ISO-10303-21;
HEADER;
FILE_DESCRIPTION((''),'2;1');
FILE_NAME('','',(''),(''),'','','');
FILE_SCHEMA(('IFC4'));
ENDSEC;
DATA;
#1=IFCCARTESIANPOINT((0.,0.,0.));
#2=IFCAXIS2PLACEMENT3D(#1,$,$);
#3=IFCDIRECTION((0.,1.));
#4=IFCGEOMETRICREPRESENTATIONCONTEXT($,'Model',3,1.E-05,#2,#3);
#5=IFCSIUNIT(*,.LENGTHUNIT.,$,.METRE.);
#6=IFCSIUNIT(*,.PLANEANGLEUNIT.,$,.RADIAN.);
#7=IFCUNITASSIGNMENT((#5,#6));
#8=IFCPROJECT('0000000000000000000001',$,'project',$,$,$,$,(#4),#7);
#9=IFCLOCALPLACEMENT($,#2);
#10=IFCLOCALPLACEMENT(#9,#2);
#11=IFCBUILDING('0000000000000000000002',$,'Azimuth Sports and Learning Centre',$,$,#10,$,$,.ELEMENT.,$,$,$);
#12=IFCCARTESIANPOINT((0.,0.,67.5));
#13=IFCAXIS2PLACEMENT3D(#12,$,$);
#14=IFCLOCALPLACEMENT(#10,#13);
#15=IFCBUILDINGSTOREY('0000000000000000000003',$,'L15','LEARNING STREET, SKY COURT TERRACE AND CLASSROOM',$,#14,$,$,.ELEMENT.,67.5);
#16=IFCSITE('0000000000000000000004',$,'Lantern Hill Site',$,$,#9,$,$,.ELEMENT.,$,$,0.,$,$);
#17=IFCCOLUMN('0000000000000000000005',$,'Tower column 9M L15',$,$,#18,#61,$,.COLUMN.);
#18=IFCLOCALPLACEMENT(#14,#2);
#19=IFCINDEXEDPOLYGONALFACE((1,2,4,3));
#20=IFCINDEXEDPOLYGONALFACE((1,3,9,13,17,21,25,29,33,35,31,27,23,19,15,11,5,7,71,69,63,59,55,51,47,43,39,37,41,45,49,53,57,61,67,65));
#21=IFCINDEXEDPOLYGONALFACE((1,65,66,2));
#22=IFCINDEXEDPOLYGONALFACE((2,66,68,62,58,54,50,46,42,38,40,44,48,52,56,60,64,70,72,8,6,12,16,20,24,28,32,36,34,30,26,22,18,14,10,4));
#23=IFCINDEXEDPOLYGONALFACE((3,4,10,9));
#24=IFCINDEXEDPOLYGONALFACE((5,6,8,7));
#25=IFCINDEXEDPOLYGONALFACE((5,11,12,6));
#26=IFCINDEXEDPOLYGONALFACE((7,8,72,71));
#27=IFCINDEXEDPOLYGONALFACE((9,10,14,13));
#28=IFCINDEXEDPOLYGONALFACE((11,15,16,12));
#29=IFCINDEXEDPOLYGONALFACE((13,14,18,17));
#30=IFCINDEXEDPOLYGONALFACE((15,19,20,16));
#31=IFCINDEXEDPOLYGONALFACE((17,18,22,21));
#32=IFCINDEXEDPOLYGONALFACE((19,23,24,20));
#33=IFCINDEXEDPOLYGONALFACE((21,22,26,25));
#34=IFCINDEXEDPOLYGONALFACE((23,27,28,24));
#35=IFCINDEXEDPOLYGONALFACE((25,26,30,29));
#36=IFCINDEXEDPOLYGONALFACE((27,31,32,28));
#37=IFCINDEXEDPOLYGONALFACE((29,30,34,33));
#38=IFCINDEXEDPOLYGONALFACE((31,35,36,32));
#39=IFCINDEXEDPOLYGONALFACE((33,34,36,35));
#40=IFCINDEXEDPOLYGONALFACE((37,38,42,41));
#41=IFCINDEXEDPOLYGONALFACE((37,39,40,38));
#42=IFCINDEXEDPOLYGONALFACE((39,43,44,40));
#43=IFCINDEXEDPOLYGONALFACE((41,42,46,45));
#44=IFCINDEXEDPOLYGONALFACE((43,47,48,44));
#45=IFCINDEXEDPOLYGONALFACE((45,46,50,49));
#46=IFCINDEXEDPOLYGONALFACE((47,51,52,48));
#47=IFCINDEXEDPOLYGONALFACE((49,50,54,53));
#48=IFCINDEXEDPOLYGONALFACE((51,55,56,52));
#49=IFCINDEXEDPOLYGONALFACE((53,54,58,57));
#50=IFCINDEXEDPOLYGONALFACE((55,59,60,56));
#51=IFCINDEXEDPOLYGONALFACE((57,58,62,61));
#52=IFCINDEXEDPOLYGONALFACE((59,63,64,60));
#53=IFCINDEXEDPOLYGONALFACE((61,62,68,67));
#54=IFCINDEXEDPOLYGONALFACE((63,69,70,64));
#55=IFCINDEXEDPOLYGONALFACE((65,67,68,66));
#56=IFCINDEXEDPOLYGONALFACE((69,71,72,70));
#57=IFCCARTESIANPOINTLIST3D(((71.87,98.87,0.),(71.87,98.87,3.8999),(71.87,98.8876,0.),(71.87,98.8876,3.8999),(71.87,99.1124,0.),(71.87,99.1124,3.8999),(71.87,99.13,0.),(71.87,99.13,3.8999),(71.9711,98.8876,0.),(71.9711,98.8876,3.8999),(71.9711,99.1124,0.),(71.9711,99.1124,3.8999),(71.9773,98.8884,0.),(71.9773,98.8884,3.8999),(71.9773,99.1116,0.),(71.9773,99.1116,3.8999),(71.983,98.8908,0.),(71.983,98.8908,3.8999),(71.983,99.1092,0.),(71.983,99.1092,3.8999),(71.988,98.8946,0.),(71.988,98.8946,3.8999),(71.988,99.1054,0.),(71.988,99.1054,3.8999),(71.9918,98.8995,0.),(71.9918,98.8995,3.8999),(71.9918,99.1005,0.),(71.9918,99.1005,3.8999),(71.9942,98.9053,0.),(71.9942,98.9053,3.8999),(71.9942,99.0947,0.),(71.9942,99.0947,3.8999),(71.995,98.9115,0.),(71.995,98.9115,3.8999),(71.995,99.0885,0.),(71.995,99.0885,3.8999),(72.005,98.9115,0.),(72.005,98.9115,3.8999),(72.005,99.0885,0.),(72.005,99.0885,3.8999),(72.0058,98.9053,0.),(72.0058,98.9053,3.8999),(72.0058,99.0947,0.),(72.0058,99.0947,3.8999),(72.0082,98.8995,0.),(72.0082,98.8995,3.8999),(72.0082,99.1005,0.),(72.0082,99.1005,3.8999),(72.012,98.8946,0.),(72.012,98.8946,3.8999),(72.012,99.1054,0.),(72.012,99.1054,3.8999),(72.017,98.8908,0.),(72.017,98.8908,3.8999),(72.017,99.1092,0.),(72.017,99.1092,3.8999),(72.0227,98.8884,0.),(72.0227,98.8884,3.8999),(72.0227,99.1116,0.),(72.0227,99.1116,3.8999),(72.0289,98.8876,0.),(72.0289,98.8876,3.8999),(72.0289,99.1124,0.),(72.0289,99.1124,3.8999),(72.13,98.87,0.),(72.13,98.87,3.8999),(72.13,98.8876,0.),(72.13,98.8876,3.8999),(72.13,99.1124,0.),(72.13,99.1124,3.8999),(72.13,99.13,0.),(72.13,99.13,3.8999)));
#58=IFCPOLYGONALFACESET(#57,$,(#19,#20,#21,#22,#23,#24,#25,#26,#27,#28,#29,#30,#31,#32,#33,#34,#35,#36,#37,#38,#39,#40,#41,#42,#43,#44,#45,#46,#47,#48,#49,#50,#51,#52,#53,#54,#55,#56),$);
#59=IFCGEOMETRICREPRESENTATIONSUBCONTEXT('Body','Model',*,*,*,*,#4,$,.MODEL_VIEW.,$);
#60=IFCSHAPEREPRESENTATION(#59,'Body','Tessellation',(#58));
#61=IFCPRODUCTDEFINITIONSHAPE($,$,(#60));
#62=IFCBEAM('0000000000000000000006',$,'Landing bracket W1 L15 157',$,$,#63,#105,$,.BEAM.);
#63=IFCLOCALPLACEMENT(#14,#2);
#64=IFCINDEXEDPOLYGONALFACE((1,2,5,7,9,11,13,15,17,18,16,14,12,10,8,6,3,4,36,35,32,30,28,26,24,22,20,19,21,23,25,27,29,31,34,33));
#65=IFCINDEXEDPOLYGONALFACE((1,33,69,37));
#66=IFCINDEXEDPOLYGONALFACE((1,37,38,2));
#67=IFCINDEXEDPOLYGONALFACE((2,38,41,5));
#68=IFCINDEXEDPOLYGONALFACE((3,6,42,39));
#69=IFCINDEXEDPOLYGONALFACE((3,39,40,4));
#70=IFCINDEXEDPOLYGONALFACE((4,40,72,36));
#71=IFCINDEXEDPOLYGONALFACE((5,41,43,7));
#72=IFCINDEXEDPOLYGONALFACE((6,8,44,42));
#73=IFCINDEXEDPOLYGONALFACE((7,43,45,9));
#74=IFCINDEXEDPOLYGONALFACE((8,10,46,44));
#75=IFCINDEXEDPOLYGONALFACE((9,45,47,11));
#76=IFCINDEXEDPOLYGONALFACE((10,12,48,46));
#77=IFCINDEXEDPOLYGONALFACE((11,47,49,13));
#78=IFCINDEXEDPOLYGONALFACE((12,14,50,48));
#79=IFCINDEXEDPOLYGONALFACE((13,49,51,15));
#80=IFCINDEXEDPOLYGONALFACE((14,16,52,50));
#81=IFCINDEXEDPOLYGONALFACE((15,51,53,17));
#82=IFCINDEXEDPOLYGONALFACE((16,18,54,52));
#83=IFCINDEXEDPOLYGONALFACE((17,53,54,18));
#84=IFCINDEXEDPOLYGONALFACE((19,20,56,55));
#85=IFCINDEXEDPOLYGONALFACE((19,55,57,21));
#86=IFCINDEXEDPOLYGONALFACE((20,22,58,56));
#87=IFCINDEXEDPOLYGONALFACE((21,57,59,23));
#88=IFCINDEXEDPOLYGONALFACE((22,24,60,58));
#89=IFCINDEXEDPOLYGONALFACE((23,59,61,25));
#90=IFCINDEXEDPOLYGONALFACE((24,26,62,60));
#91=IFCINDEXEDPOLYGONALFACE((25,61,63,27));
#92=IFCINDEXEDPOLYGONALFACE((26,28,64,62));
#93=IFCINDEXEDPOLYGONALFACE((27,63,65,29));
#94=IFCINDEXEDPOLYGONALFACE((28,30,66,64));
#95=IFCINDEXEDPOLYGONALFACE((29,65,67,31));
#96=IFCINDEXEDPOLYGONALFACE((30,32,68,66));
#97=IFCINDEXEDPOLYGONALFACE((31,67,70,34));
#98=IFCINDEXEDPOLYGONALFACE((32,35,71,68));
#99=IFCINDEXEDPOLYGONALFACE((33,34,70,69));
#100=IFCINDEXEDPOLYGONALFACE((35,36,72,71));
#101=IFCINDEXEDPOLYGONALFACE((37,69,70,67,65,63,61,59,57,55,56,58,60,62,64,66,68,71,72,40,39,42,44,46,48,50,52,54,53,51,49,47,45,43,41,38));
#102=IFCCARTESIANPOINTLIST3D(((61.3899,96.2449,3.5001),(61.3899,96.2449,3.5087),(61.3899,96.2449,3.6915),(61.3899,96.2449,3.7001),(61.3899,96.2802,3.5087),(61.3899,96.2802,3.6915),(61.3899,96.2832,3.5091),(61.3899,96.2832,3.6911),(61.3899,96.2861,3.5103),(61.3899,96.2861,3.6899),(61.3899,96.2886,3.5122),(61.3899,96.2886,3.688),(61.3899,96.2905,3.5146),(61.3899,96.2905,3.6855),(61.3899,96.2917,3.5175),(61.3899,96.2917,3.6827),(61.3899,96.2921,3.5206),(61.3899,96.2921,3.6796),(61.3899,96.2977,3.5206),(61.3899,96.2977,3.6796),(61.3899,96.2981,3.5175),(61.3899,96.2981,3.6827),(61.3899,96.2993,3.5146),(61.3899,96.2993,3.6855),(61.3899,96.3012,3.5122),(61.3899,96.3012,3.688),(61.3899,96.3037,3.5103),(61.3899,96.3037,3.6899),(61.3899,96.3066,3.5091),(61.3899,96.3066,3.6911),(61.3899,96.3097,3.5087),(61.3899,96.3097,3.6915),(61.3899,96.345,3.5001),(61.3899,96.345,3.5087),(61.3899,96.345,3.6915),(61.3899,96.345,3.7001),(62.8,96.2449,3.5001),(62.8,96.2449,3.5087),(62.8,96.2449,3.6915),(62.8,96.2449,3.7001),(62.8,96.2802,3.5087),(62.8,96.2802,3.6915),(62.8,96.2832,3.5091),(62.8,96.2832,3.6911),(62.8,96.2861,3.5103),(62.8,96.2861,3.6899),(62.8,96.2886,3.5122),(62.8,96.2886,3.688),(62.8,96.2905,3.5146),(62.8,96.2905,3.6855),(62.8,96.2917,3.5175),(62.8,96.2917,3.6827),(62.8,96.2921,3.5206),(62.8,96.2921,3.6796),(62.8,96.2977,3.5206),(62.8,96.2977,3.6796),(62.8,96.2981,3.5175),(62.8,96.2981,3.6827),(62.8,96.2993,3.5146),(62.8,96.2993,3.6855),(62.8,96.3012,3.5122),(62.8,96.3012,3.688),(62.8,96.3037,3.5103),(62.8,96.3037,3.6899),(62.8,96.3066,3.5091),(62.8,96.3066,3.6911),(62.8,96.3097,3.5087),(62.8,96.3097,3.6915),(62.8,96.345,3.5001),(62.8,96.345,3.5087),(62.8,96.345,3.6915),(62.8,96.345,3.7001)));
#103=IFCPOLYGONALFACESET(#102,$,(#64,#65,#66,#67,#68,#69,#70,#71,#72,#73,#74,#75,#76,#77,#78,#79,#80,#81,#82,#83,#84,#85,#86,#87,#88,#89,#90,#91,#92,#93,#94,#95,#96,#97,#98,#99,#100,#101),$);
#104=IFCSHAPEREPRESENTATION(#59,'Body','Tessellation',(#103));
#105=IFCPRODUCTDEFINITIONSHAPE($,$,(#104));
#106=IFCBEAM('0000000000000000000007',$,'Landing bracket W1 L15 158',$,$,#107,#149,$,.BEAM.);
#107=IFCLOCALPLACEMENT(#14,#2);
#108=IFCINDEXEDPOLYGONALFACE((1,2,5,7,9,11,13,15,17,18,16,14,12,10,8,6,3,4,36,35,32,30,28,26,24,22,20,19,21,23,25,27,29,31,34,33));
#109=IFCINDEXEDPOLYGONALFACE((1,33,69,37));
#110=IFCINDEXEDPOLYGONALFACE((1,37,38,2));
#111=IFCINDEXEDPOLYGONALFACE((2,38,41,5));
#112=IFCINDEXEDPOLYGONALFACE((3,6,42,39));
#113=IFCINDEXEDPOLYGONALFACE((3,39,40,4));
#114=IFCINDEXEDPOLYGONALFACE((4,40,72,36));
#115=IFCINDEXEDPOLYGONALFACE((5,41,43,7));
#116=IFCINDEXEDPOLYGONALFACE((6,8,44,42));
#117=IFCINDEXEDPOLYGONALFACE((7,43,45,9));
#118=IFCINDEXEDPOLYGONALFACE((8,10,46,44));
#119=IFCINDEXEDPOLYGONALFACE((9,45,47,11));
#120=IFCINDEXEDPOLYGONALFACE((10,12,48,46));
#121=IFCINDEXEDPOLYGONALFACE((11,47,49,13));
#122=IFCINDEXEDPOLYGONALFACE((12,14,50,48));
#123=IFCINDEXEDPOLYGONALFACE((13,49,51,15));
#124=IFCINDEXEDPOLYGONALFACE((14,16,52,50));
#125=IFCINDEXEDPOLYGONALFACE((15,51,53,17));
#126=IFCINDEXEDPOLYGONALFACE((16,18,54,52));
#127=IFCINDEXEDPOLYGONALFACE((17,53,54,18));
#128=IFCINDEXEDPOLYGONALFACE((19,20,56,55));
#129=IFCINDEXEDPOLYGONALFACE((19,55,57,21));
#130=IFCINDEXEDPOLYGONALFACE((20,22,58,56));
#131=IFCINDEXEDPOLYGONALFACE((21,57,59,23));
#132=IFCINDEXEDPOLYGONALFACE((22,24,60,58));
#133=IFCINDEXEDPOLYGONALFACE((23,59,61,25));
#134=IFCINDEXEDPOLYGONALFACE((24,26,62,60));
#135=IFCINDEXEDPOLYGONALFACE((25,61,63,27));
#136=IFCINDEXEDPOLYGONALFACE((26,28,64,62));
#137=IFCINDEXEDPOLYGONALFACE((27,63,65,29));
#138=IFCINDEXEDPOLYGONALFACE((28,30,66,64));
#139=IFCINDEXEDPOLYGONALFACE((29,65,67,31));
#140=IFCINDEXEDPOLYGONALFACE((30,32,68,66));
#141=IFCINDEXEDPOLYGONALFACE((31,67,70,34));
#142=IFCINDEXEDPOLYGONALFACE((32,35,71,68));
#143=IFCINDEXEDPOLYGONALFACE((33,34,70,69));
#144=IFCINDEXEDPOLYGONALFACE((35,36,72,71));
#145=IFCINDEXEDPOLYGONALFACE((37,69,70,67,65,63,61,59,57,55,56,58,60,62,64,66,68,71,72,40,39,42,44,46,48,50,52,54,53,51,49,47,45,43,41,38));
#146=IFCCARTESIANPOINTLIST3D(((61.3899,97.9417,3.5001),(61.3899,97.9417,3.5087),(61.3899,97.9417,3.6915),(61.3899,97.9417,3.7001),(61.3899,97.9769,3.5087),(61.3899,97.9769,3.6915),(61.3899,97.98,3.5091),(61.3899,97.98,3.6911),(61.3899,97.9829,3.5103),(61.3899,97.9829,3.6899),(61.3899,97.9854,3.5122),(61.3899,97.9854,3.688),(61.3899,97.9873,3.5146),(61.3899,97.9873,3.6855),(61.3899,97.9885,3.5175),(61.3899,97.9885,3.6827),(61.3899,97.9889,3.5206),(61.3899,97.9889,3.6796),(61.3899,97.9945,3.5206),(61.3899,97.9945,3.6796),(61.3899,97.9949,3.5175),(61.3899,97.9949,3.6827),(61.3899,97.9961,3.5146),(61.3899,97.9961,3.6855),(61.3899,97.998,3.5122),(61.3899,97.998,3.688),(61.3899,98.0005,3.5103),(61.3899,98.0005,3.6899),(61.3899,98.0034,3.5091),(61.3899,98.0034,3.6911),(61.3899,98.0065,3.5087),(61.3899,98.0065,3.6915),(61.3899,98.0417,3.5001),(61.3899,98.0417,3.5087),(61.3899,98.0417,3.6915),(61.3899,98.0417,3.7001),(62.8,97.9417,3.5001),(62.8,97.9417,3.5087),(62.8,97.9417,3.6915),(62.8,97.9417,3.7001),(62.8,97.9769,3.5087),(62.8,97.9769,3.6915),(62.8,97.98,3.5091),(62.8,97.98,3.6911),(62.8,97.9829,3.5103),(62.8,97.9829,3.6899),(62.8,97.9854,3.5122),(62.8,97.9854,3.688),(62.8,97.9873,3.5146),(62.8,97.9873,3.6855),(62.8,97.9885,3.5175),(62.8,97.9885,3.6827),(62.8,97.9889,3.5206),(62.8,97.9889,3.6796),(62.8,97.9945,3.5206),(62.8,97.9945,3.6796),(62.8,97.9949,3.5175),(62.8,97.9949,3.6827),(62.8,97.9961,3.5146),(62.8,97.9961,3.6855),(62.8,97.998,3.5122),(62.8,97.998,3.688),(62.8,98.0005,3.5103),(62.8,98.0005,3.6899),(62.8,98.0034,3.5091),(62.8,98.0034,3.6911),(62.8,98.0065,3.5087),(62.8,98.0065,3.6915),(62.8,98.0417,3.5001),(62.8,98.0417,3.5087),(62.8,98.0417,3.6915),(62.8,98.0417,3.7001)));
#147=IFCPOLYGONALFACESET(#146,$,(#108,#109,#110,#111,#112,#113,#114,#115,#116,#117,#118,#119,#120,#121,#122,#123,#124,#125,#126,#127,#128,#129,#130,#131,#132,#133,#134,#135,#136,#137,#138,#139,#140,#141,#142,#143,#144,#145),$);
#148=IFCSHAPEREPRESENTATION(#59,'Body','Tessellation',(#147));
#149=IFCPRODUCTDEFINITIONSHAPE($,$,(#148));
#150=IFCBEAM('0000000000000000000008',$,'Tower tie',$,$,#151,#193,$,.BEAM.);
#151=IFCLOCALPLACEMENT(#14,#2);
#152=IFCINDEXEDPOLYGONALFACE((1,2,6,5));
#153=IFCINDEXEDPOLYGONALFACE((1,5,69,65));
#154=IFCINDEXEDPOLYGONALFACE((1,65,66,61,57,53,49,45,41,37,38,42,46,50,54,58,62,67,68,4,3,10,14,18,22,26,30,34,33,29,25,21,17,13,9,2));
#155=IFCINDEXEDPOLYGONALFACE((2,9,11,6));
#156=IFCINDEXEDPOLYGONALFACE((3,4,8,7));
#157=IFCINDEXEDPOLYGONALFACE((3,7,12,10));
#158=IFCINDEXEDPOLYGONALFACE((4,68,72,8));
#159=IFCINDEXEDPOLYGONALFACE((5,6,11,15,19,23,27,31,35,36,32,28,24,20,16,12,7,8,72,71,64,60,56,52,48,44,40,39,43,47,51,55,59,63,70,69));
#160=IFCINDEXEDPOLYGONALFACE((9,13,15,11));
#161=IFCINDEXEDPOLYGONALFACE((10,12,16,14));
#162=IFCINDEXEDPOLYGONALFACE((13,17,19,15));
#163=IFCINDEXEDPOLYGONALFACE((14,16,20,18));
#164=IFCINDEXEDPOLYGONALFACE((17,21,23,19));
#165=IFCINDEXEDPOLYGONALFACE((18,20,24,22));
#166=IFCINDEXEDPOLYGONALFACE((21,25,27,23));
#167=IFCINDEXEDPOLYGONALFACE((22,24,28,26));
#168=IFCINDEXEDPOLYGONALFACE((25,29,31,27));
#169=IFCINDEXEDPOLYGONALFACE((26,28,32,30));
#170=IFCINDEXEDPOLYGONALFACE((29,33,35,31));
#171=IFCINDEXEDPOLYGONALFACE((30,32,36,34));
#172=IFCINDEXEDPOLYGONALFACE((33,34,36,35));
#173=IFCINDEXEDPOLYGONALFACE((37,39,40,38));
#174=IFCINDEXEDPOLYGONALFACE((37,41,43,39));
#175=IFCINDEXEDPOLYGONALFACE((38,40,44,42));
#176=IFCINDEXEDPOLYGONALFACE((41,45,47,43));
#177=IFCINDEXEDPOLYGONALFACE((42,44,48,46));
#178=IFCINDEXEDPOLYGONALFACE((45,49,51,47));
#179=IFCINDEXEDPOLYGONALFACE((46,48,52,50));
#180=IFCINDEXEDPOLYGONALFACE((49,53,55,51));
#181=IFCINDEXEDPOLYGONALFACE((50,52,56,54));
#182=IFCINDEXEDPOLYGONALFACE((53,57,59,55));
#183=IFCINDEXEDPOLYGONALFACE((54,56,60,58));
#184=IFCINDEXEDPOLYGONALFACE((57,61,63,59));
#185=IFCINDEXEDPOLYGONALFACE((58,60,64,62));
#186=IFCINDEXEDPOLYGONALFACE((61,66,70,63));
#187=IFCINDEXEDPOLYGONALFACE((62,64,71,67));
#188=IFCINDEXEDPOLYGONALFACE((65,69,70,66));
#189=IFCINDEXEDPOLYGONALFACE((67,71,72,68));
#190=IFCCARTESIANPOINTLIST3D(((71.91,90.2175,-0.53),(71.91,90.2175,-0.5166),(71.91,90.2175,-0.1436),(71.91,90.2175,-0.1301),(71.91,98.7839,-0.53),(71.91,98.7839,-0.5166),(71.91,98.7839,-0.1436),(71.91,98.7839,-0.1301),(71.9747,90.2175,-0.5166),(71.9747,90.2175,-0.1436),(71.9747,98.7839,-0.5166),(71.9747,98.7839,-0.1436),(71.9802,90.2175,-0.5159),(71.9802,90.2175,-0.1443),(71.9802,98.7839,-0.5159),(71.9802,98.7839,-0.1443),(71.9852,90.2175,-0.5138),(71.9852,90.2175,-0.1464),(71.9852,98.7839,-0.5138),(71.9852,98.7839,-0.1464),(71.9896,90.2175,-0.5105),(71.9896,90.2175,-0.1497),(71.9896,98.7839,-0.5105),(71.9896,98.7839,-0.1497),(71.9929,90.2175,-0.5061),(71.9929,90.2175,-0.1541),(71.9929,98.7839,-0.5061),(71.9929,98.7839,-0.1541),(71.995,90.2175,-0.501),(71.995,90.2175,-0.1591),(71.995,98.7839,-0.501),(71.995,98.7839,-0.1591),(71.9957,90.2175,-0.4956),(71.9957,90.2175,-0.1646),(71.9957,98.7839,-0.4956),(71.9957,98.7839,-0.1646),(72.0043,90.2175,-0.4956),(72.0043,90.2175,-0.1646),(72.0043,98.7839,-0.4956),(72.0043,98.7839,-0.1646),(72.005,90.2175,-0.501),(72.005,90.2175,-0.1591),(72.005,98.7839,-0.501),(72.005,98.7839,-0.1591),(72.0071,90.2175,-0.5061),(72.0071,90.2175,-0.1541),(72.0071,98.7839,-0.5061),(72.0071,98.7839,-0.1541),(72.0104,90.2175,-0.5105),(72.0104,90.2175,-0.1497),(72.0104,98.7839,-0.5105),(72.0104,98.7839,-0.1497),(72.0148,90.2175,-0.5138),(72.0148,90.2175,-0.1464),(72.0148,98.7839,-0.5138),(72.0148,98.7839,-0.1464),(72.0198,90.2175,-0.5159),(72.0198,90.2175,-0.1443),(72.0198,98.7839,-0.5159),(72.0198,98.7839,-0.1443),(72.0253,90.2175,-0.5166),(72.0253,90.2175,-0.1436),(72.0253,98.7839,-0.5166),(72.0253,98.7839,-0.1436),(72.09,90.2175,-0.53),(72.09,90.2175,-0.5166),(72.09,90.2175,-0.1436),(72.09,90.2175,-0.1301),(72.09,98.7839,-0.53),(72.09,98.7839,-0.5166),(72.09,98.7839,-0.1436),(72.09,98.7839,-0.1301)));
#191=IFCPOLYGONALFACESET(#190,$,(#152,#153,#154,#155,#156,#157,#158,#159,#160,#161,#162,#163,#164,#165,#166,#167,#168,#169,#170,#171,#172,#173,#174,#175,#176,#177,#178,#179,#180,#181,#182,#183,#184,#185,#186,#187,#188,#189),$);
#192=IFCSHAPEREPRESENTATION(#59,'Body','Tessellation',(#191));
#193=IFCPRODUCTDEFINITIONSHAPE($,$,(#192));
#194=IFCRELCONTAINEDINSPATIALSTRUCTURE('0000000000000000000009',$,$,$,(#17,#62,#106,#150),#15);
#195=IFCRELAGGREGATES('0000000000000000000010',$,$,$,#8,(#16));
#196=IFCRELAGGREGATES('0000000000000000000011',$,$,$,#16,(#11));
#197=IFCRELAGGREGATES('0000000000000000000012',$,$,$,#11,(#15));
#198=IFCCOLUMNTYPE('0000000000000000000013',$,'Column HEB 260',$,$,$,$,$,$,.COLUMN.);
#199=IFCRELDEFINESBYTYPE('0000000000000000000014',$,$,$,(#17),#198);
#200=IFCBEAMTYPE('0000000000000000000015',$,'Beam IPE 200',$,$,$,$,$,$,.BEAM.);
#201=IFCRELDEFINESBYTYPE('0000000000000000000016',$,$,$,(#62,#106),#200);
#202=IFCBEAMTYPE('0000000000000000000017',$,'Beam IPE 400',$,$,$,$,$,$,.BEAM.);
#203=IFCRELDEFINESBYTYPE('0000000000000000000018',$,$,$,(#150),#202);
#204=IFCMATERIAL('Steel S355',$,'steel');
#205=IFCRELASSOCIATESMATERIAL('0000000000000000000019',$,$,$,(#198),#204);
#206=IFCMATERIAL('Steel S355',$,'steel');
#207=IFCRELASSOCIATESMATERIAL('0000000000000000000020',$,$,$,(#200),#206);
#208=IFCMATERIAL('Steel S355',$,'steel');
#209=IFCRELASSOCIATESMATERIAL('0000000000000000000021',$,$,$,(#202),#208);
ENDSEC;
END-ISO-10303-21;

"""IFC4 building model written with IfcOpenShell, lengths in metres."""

from ifc_helpers import new_model, si_unit, direction, frame, origin, origin_2d, place, context, subcontext, project, spatial, i_section, extrude, material, material_profile, profile_set, type_object, element, save


model = new_model("IFC4")

# Units and contexts
model_context = context("Model", 3, precision=1e-05, world=origin(), true_north=direction((0.0, 1.0)))
body_context = subcontext(model_context, "Body", "Model", "MODEL_VIEW")
ifc_project = project(units=[si_unit("LENGTHUNIT", "METRE"), si_unit("PLANEANGLEUNIT", "RADIAN")], contexts=[model_context])

# Site, building, storey
site_placement = place(None, origin())
site = spatial("IfcSite", under=ifc_project, at=site_placement, Name="Lantern Hill Site", CompositionType="ELEMENT", RefElevation=0.0)
building_placement = place(site_placement, origin())
building = spatial("IfcBuilding", under=site, at=building_placement, Name="Azimuth Sports and Learning Centre", CompositionType="ELEMENT")
storey_placement = place(building_placement, frame((0.0, 0.0, 67.5)))
storey = spatial("IfcBuildingStorey", under=building, at=storey_placement, Name="L15", Description="LEARNING STREET, SKY COURT TERRACE AND CLASSROOM", CompositionType="ELEMENT", Elevation=67.5)

# Column
ifc_material_1 = material(Name="Steel S355", Category="steel")
ifc_material_profile_1 = material_profile(ifc_material_1, i_section(OverallWidth=0.26, OverallDepth=0.26, WebThickness=0.01, FlangeThickness=0.0176, FilletRadius=0.0239, at=origin_2d()), Name="HEB 260")
ifc_profile_set_1 = profile_set([ifc_material_profile_1], Name="Steel S355")
column_type = type_object("IfcColumnType", Name="Column HEB 260", PredefinedType="COLUMN", material=ifc_profile_set_1)
column_placement = place(storey_placement, frame((72.0, 99.0, 0.0), z_axis=(0.0, 0.0, 1.0), x_axis=(1.0, 0.0, 0.0)))
element("IfcColumn", 1, at=column_placement, inside=storey, type_object=column_type, Name="Tower column 9M L15", PredefinedType="COLUMN", context=body_context, shape_type="SweptSolid", body=[
    extrude(i_section(OverallWidth=0.26, OverallDepth=0.26, WebThickness=0.01, FlangeThickness=0.0176, FilletRadius=0.0239, at=origin_2d()), origin(), (0.0, 0.0, 1.0), 3.8999),
])

# Beams
ifc_material_2 = material(Name="Steel S355", Category="steel")
ifc_material_profile_2 = material_profile(ifc_material_2, i_section(OverallWidth=0.1001, OverallDepth=0.2, WebThickness=0.0056, FlangeThickness=0.0085, FilletRadius=0.012, at=origin_2d()), Name="IPE 200")
ifc_profile_set_2 = profile_set([ifc_material_profile_2], Name="Steel S355")
beam_type_1 = type_object("IfcBeamType", Name="Beam IPE 200", PredefinedType="BEAM", material=ifc_profile_set_2)
for number, where, z_axis, x_axis, name in (
    (2, (62.8, 96.2949, 3.6001), (-1.0, 0.0, 0.0), (0.0, -1.0, 0.0), "Landing bracket W1 L15 157"),
    (3, (62.8, 97.9917, 3.6001), (-1.0, 0.0, 0.0), (0.0, -1.0, 0.0), "Landing bracket W1 L15 158"),
):
    element("IfcBeam", number, at=place(storey_placement, frame(where, z_axis=z_axis, x_axis=x_axis)), inside=storey, type_object=beam_type_1, Name=name, PredefinedType="BEAM", context=body_context, shape_type="SweptSolid", body=[
        extrude(i_section(OverallWidth=0.1001, OverallDepth=0.2, WebThickness=0.0056, FlangeThickness=0.0085, FilletRadius=0.012, at=origin_2d()), origin(), (0.0, 0.0, 1.0), 1.4102),
    ])
ifc_material_3 = material(Name="Steel S355", Category="steel")
ifc_material_profile_3 = material_profile(ifc_material_3, i_section(OverallWidth=0.1799, OverallDepth=0.3999, WebThickness=0.0085, FlangeThickness=0.0134, FilletRadius=0.021, at=origin_2d()), Name="IPE 400")
ifc_profile_set_3 = profile_set([ifc_material_profile_3], Name="Steel S355")
beam_type_2 = type_object("IfcBeamType", Name="Beam IPE 400", PredefinedType="BEAM", material=ifc_profile_set_3)
beam_1_placement = place(storey_placement, frame((72.0, 90.2175, -0.3301), z_axis=(0.0, 1.0, 0.0), x_axis=(-1.0, 0.0, 0.0)))
element("IfcBeam", 4, at=beam_1_placement, inside=storey, type_object=beam_type_2, Name="Tower tie", PredefinedType="BEAM", context=body_context, shape_type="SweptSolid", body=[
    extrude(i_section(OverallWidth=0.1799, OverallDepth=0.3999, WebThickness=0.0085, FlangeThickness=0.0134, FilletRadius=0.021, at=origin_2d()), origin(), (0.0, 0.0, 1.0), 8.5664),
])

save(model, "model.ifc")
